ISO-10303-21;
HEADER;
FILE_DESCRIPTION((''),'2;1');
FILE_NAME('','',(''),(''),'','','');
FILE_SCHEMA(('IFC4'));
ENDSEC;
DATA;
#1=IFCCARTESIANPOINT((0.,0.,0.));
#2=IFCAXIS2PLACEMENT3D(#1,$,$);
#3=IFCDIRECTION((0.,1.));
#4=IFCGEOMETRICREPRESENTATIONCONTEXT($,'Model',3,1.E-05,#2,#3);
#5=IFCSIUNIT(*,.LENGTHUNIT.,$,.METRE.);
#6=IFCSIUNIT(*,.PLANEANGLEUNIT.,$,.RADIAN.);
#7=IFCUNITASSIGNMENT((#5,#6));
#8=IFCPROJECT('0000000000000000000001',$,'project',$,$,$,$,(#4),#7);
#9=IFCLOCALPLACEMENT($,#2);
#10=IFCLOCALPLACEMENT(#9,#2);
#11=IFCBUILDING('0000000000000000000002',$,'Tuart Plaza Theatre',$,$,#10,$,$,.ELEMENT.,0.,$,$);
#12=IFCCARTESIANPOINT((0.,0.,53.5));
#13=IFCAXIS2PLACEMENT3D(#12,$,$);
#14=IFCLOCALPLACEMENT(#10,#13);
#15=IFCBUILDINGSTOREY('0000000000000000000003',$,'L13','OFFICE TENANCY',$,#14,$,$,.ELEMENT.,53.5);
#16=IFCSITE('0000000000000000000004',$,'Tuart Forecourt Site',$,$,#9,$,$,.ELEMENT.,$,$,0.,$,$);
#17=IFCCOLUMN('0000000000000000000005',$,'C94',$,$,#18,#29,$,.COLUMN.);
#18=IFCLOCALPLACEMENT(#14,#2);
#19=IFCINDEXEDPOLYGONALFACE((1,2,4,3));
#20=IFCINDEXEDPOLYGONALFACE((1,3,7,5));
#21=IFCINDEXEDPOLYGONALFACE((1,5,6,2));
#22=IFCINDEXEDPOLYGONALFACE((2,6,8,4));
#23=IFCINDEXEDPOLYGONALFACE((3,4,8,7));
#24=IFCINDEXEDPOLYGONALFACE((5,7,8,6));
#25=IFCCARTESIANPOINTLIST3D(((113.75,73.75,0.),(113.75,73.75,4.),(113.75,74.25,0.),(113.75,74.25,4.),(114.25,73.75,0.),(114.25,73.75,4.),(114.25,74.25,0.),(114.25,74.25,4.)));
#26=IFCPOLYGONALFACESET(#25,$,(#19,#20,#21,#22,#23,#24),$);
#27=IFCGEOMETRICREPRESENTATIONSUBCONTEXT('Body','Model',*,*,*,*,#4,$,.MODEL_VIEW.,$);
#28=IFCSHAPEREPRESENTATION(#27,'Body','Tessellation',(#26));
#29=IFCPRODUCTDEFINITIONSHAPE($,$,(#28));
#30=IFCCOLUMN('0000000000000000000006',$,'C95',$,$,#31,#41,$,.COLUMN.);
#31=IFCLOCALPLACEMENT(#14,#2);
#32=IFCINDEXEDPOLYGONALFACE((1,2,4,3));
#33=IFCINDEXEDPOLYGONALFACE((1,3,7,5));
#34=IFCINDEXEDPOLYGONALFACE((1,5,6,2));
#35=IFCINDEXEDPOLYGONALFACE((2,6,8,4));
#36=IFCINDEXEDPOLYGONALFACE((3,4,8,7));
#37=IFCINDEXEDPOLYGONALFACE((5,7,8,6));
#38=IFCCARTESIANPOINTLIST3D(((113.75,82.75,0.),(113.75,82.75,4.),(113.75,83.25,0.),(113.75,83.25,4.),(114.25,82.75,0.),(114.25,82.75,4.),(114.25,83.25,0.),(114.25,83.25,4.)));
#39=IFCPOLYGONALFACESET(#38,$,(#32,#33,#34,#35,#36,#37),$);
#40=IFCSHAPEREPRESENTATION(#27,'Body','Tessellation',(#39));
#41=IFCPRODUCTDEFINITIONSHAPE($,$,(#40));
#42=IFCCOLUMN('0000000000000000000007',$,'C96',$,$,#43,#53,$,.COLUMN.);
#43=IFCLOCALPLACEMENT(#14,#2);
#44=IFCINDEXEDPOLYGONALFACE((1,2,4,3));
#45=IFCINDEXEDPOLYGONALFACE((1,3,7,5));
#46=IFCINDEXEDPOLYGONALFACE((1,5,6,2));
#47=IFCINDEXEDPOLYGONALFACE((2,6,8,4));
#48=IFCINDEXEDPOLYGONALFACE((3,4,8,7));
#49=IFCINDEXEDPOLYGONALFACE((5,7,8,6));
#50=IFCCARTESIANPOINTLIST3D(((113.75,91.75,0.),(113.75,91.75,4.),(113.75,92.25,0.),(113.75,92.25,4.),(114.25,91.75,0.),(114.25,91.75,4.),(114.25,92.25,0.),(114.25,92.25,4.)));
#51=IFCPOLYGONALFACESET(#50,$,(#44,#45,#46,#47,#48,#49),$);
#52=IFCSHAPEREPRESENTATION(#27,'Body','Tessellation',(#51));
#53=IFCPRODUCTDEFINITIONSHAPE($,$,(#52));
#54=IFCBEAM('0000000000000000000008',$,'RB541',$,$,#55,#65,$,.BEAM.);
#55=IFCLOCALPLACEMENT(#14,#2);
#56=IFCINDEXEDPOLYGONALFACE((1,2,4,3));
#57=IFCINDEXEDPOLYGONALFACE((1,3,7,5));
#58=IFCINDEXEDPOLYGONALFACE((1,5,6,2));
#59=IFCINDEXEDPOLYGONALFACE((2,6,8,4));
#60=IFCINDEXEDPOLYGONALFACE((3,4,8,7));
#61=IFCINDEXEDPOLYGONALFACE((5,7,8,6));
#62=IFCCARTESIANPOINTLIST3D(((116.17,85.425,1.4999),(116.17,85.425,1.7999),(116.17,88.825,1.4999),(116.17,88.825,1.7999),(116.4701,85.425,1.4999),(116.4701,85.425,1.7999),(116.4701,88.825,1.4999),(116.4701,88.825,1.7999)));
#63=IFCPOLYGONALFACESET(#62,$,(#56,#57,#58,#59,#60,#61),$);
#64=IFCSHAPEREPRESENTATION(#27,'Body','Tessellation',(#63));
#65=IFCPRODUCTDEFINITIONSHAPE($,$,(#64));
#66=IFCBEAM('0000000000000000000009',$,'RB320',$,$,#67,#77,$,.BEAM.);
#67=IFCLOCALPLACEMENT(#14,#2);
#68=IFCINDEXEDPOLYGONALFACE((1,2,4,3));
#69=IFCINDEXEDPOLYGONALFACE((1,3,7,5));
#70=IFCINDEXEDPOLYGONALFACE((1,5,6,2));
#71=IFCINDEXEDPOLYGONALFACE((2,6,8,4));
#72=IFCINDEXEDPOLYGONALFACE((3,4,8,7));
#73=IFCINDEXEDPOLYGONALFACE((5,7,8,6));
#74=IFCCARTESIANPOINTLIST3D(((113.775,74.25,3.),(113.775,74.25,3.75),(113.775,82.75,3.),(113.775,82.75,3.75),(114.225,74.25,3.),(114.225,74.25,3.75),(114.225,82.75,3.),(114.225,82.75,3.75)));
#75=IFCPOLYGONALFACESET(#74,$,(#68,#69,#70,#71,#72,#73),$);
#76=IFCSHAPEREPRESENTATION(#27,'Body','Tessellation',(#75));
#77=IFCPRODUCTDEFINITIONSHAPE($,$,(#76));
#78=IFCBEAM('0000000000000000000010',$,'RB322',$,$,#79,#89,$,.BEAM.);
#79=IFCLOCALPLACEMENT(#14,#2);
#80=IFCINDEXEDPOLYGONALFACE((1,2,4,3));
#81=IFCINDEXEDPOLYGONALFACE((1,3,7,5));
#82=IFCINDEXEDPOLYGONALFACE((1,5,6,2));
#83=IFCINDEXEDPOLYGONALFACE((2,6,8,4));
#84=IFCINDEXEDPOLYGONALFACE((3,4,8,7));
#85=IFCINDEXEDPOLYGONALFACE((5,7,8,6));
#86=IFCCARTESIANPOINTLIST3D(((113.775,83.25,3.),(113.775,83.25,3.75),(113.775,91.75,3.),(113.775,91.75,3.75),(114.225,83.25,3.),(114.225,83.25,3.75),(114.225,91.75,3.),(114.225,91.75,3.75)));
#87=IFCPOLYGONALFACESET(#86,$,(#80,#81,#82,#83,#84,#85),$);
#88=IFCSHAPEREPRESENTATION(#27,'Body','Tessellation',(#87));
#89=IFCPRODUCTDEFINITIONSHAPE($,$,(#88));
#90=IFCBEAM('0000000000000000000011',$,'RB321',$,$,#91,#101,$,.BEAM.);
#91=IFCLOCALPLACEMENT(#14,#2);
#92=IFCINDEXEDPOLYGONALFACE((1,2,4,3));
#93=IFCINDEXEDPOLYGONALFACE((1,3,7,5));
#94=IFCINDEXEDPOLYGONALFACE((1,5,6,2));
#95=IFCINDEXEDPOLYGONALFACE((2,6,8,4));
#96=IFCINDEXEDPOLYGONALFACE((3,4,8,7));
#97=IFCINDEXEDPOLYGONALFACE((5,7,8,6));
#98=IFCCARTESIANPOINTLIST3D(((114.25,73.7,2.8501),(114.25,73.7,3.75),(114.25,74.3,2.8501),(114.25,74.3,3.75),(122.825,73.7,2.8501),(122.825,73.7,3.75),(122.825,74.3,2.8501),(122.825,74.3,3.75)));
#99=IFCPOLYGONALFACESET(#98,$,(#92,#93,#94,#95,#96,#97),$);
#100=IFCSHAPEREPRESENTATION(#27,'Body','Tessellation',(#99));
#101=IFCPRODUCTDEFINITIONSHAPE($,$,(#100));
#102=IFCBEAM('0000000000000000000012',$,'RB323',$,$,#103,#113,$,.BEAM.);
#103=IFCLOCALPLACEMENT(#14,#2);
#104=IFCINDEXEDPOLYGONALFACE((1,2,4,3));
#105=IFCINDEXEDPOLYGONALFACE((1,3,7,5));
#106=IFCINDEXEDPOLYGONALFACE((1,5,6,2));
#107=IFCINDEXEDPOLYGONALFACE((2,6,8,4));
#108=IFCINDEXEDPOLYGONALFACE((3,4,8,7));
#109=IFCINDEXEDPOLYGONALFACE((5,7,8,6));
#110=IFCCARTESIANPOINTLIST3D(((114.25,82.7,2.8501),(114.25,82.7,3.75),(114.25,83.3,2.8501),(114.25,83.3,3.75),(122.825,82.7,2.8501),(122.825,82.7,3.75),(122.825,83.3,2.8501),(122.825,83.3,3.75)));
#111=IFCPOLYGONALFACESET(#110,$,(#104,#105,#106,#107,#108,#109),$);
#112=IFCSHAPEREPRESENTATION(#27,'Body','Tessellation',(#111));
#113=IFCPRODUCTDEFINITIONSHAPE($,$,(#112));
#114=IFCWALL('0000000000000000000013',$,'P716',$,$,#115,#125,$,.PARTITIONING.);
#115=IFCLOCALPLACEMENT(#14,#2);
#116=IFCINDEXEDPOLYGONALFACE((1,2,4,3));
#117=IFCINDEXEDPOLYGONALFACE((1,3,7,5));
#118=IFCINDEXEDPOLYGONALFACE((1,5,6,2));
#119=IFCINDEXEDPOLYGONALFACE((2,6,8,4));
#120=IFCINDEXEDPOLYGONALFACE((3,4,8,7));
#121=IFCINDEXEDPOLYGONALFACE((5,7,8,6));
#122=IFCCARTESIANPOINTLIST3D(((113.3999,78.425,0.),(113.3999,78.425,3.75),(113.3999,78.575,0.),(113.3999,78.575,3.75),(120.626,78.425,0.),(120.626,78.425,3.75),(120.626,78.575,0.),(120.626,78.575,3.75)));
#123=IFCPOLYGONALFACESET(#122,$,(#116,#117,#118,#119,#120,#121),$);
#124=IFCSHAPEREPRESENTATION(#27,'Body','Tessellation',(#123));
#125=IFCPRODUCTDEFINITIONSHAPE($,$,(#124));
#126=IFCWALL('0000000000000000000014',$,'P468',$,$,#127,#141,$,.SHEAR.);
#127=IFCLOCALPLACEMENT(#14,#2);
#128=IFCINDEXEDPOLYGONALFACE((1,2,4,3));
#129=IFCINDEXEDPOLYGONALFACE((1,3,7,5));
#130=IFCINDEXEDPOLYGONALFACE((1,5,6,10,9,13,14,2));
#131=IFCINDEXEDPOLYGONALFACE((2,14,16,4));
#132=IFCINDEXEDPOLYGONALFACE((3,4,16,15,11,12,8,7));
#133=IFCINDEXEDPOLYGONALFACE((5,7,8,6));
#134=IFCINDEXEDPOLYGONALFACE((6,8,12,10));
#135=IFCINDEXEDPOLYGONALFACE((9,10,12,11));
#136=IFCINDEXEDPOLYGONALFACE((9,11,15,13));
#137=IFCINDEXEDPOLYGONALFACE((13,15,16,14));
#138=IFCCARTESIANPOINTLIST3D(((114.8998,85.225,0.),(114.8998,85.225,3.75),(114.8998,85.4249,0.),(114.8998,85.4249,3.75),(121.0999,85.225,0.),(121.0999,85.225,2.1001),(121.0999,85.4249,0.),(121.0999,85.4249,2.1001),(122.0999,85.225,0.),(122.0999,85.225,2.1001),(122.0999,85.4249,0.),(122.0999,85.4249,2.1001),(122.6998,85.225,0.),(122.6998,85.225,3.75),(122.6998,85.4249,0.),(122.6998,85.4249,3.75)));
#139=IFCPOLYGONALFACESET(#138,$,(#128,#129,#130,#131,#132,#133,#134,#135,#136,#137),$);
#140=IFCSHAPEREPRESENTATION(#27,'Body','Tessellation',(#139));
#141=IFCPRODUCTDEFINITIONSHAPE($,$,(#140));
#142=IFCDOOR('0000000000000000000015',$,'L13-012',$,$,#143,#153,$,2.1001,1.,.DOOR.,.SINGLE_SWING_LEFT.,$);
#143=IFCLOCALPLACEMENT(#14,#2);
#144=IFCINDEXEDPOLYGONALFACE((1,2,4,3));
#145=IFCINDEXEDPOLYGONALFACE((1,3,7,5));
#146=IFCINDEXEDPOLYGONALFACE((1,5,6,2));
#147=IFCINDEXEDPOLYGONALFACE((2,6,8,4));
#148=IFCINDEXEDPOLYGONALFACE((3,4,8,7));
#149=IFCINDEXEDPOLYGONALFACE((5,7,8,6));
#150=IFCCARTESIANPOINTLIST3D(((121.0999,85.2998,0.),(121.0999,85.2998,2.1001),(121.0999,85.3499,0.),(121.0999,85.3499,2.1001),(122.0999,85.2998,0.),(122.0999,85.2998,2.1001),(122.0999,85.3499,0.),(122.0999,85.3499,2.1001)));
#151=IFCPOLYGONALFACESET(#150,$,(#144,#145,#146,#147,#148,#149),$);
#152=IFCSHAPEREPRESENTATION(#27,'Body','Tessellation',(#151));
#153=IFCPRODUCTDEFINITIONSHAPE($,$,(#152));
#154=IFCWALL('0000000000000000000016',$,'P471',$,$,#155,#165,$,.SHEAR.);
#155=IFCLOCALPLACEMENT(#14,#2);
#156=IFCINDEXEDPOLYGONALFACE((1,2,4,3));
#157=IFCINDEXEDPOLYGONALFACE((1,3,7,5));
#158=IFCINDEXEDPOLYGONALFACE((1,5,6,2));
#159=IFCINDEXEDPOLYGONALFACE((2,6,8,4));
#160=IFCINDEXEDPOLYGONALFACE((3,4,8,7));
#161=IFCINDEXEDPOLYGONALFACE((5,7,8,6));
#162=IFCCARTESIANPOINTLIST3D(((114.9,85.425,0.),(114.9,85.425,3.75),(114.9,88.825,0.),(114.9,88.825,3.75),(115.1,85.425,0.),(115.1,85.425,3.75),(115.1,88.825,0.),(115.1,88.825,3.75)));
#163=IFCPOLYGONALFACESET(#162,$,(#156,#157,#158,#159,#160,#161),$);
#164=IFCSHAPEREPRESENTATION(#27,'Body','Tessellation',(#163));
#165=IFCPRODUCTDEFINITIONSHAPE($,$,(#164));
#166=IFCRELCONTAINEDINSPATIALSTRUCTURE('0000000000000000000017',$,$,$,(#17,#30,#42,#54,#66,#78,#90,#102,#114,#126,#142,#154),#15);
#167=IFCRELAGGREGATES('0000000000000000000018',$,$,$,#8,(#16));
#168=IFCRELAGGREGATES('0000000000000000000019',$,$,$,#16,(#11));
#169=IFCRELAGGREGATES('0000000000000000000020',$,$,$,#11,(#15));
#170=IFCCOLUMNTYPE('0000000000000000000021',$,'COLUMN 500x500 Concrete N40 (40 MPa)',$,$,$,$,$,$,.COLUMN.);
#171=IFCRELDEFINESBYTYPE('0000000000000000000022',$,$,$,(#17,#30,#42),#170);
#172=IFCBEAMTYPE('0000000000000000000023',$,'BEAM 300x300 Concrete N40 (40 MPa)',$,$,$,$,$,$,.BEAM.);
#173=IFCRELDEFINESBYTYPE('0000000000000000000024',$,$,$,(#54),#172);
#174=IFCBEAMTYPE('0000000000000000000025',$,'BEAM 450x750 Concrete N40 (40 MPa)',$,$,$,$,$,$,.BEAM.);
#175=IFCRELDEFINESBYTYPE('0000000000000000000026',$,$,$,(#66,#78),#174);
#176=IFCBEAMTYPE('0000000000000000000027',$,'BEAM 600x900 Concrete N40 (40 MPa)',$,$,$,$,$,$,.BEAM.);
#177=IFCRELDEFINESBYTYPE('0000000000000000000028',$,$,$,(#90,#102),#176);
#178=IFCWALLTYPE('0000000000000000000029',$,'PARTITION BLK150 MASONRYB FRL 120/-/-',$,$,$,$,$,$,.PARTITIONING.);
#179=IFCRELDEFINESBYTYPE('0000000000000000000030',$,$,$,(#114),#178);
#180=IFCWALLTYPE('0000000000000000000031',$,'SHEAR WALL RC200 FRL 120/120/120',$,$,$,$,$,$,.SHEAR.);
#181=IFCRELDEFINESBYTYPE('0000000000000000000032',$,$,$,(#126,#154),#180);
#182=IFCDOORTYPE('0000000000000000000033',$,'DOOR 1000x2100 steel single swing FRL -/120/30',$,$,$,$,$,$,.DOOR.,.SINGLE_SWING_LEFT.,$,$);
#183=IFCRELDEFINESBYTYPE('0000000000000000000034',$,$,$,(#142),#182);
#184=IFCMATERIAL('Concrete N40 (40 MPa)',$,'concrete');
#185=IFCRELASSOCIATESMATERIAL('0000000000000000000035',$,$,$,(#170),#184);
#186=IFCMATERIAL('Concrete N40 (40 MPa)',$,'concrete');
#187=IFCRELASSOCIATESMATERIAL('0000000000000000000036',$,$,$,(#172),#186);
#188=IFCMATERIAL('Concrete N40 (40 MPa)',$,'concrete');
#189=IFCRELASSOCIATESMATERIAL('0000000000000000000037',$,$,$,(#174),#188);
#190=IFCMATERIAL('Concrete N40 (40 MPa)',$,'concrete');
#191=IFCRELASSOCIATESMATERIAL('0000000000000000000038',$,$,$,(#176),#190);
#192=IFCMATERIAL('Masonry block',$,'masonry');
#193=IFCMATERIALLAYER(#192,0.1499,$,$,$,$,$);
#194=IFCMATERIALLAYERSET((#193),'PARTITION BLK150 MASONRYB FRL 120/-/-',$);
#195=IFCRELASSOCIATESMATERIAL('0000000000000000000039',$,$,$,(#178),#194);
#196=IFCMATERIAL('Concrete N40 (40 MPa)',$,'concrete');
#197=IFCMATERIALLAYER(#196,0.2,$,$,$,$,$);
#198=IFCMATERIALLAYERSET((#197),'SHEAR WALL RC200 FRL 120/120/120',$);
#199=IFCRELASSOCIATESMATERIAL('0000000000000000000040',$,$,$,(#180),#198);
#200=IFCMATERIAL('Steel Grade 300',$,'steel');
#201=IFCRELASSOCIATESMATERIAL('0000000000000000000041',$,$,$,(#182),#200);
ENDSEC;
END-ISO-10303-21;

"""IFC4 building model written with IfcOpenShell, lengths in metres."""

from ifc_helpers import new_model, si_unit, direction, frame, frame_2d, origin, origin_2d, place, context, subcontext, project, spatial, rectangle, extrude, material, layer, layer_set, material_profile, profile_set, type_object, element, fill, save


model = new_model("IFC4")

# Units and contexts
model_context = context("Model", 3, precision=1e-05, world=origin(), true_north=direction((0.0, 1.0)))
body_context = subcontext(model_context, "Body", "Model", "MODEL_VIEW")
ifc_project = project(units=[si_unit("LENGTHUNIT", "METRE"), si_unit("PLANEANGLEUNIT", "RADIAN")], contexts=[model_context])

# Site, building, storey
site_placement = place(None, origin())
site = spatial("IfcSite", under=ifc_project, at=site_placement, Name="Tuart Forecourt Site", CompositionType="ELEMENT", RefElevation=0.0)
building_placement = place(site_placement, origin())
building = spatial("IfcBuilding", under=site, at=building_placement, Name="Tuart Plaza Theatre", CompositionType="ELEMENT", ElevationOfRefHeight=0.0)
storey_placement = place(building_placement, frame((0.0, 0.0, 53.5)))
storey = spatial("IfcBuildingStorey", under=building, at=storey_placement, Name="L13", Description="OFFICE TENANCY", CompositionType="ELEMENT", Elevation=53.5)

# Columns
ifc_material_1 = material(Name="Concrete N40 (40 MPa)", Category="concrete")
ifc_material_profile_1 = material_profile(ifc_material_1, rectangle(XDim=0.5, YDim=0.5, at=origin_2d()), Name="COLUMN 500x500 Concrete N40 (40 MPa)")
ifc_profile_set_1 = profile_set([ifc_material_profile_1], Name="Concrete N40 (40 MPa)")
column_type = type_object("IfcColumnType", Name="COLUMN 500x500 Concrete N40 (40 MPa)", PredefinedType="COLUMN", material=ifc_profile_set_1)
for number, where, z_axis, x_axis, name in (
    (1, (114.0, 74.0, 0.0), (0.0, 0.0, 1.0), (1.0, 0.0, 0.0), "C94"),
    (2, (114.0, 83.0, 0.0), (0.0, 0.0, 1.0), (1.0, 0.0, 0.0), "C95"),
    (3, (114.0, 92.0, 0.0), (0.0, 0.0, 1.0), (1.0, 0.0, 0.0), "C96"),
):
    element("IfcColumn", number, at=place(storey_placement, frame(where, z_axis=z_axis, x_axis=x_axis)), inside=storey, type_object=column_type, Name=name, PredefinedType="COLUMN", context=body_context, shape_type="SweptSolid", body=[
        extrude(rectangle(XDim=0.5, YDim=0.5, at=origin_2d()), origin(), (0.0, 0.0, 1.0), 4.0),
    ])

# Beams
ifc_material_2 = material(Name="Concrete N40 (40 MPa)", Category="concrete")
ifc_material_profile_2 = material_profile(ifc_material_2, rectangle(XDim=0.3, YDim=0.3, at=origin_2d()), Name="BEAM 300x300 Concrete N40 (40 MPa)")
ifc_profile_set_2 = profile_set([ifc_material_profile_2], Name="Concrete N40 (40 MPa)")
beam_type_1 = type_object("IfcBeamType", Name="BEAM 300x300 Concrete N40 (40 MPa)", PredefinedType="BEAM", material=ifc_profile_set_2)
beam_placement = place(storey_placement, frame((116.3201, 88.825, 1.6499), z_axis=(0.0, -1.0, 0.0), x_axis=(1.0, 0.0, 0.0)))
element("IfcBeam", 4, at=beam_placement, inside=storey, type_object=beam_type_1, Name="RB541", PredefinedType="BEAM", context=body_context, shape_type="SweptSolid", body=[
    extrude(rectangle(XDim=0.3, YDim=0.3, at=origin_2d()), origin(), (0.0, 0.0, 1.0), 3.3999),
])
ifc_material_3 = material(Name="Concrete N40 (40 MPa)", Category="concrete")
ifc_material_profile_3 = material_profile(ifc_material_3, rectangle(XDim=0.45, YDim=0.75, at=origin_2d()), Name="BEAM 450x750 Concrete N40 (40 MPa)")
ifc_profile_set_3 = profile_set([ifc_material_profile_3], Name="Concrete N40 (40 MPa)")
beam_type_2 = type_object("IfcBeamType", Name="BEAM 450x750 Concrete N40 (40 MPa)", PredefinedType="BEAM", material=ifc_profile_set_3)
for number, where, z_axis, x_axis, name in (
    (5, (114.0, 74.25, 3.375), (0.0, 1.0, 0.0), (-1.0, 0.0, 0.0), "RB320"),
    (6, (114.0, 83.25, 3.375), (0.0, 1.0, 0.0), (-1.0, 0.0, 0.0), "RB322"),
):
    element("IfcBeam", number, at=place(storey_placement, frame(where, z_axis=z_axis, x_axis=x_axis)), inside=storey, type_object=beam_type_2, Name=name, PredefinedType="BEAM", context=body_context, shape_type="SweptSolid", body=[
        extrude(rectangle(XDim=0.45, YDim=0.75, at=origin_2d()), origin(), (0.0, 0.0, 1.0), 8.5),
    ])
ifc_material_4 = material(Name="Concrete N40 (40 MPa)", Category="concrete")
ifc_material_profile_4 = material_profile(ifc_material_4, rectangle(XDim=0.6001, YDim=0.8999, at=origin_2d()), Name="BEAM 600x900 Concrete N40 (40 MPa)")
ifc_profile_set_4 = profile_set([ifc_material_profile_4], Name="Concrete N40 (40 MPa)")
beam_type_3 = type_object("IfcBeamType", Name="BEAM 600x900 Concrete N40 (40 MPa)", PredefinedType="BEAM", material=ifc_profile_set_4)
for number, where, z_axis, x_axis, name in (
    (7, (114.25, 74.0, 3.3), (1.0, 0.0, 0.0), (0.0, 1.0, 0.0), "RB321"),
    (8, (114.25, 83.0, 3.3), (1.0, 0.0, 0.0), (0.0, 1.0, 0.0), "RB323"),
):
    element("IfcBeam", number, at=place(storey_placement, frame(where, z_axis=z_axis, x_axis=x_axis)), inside=storey, type_object=beam_type_3, Name=name, PredefinedType="BEAM", context=body_context, shape_type="SweptSolid", body=[
        extrude(rectangle(XDim=0.6001, YDim=0.8999, at=origin_2d()), origin(), (0.0, 0.0, 1.0), 8.575),
    ])

# Wall
ifc_material_5 = material(Name="Masonry block", Category="masonry")
ifc_layer_1 = layer(ifc_material_5, 0.1499)
ifc_layer_set_1 = layer_set([ifc_layer_1], Name="PARTITION BLK150 MASONRYB FRL 120/-/-")
wall_type_1 = type_object("IfcWallType", Name="PARTITION BLK150 MASONRYB FRL 120/-/-", PredefinedType="PARTITIONING", material=ifc_layer_set_1)
wall_1_placement = place(storey_placement, frame((113.3999, 78.5, 0.0), z_axis=(0.0, 0.0, 1.0), x_axis=(1.0, 0.0, 0.0)))
element("IfcWall", 9, at=wall_1_placement, inside=storey, type_object=wall_type_1, Name="P716", PredefinedType="PARTITIONING", context=body_context, shape_type="SweptSolid", body=[
    extrude(rectangle(XDim=7.2261, YDim=0.1499, at=frame_2d((3.613, 0.0))), origin(), (0.0, 0.0, 1.0), 3.75),
])

# Wall, opening, door
ifc_material_6 = material(Name="Concrete N40 (40 MPa)", Category="concrete")
ifc_layer_2 = layer(ifc_material_6, 0.2)
ifc_layer_set_2 = layer_set([ifc_layer_2], Name="SHEAR WALL RC200 FRL 120/120/120")
wall_type_2 = type_object("IfcWallType", Name="SHEAR WALL RC200 FRL 120/120/120", PredefinedType="SHEAR", material=ifc_layer_set_2)
wall_2_placement = place(storey_placement, frame((114.8999, 85.325, 0.0), z_axis=(0.0, 0.0, 1.0), x_axis=(1.0, 0.0, 0.0)))
wall_2 = element("IfcWall", 10, at=wall_2_placement, inside=storey, type_object=wall_type_2, Name="P468", PredefinedType="SHEAR", context=body_context, shape_type="SweptSolid", body=[
    extrude(rectangle(XDim=7.8, YDim=0.2, at=frame_2d((3.8999, 0.0))), origin(), (0.0, 0.0, 1.0), 3.75),
])
opening_1_placement = place(wall_2_placement, frame((6.2, 0.0, 0.0)))
opening_1 = element("IfcOpeningElement", 11, at=opening_1_placement, cuts=wall_2, PredefinedType="OPENING", context=body_context, shape_type="SweptSolid", body=[
    extrude(rectangle(XDim=1.0, YDim=2.1001, at=frame_2d((0.5, 1.05))), frame((0.0, 0.1099, 0.0), z_axis=(0.0, -1.0, 0.0), x_axis=(1.0, 0.0, 0.0)), (0.0, 0.0, 1.0), 0.22),
])
ifc_material_7 = material(Name="Steel Grade 300", Category="steel")
door_type_1 = type_object("IfcDoorType", Name="DOOR 1000x2100 steel single swing FRL -/120/30", OperationType="SINGLE_SWING_LEFT", PredefinedType="DOOR", material=ifc_material_7)
door_1_placement = place(opening_1_placement, origin())
door_1 = element("IfcDoor", 12, at=door_1_placement, inside=storey, type_object=door_type_1, Name="L13-012", OperationType="SINGLE_SWING_LEFT", OverallHeight=2.1001, OverallWidth=1.0, PredefinedType="DOOR", context=body_context, shape_type="SweptSolid", body=[
    extrude(rectangle(XDim=1.0, YDim=2.1001, at=frame_2d((0.5, 1.05))), frame((0.0, 0.0249, 0.0), z_axis=(0.0, -1.0, 0.0), x_axis=(1.0, 0.0, 0.0)), (0.0, 0.0, 1.0), 0.05),
])
fill(opening_1, door_1)

# Wall
wall_3_placement = place(storey_placement, frame((115.0, 88.825, 0.0), z_axis=(0.0, 0.0, 1.0), x_axis=(0.0, -1.0, 0.0)))
element("IfcWall", 13, at=wall_3_placement, inside=storey, type_object=wall_type_2, Name="P471", PredefinedType="SHEAR", context=body_context, shape_type="SweptSolid", body=[
    extrude(rectangle(XDim=3.3999, YDim=0.2, at=frame_2d((1.7, 0.0))), origin(), (0.0, 0.0, 1.0), 3.75),
])

save(model, "model.ifc")
